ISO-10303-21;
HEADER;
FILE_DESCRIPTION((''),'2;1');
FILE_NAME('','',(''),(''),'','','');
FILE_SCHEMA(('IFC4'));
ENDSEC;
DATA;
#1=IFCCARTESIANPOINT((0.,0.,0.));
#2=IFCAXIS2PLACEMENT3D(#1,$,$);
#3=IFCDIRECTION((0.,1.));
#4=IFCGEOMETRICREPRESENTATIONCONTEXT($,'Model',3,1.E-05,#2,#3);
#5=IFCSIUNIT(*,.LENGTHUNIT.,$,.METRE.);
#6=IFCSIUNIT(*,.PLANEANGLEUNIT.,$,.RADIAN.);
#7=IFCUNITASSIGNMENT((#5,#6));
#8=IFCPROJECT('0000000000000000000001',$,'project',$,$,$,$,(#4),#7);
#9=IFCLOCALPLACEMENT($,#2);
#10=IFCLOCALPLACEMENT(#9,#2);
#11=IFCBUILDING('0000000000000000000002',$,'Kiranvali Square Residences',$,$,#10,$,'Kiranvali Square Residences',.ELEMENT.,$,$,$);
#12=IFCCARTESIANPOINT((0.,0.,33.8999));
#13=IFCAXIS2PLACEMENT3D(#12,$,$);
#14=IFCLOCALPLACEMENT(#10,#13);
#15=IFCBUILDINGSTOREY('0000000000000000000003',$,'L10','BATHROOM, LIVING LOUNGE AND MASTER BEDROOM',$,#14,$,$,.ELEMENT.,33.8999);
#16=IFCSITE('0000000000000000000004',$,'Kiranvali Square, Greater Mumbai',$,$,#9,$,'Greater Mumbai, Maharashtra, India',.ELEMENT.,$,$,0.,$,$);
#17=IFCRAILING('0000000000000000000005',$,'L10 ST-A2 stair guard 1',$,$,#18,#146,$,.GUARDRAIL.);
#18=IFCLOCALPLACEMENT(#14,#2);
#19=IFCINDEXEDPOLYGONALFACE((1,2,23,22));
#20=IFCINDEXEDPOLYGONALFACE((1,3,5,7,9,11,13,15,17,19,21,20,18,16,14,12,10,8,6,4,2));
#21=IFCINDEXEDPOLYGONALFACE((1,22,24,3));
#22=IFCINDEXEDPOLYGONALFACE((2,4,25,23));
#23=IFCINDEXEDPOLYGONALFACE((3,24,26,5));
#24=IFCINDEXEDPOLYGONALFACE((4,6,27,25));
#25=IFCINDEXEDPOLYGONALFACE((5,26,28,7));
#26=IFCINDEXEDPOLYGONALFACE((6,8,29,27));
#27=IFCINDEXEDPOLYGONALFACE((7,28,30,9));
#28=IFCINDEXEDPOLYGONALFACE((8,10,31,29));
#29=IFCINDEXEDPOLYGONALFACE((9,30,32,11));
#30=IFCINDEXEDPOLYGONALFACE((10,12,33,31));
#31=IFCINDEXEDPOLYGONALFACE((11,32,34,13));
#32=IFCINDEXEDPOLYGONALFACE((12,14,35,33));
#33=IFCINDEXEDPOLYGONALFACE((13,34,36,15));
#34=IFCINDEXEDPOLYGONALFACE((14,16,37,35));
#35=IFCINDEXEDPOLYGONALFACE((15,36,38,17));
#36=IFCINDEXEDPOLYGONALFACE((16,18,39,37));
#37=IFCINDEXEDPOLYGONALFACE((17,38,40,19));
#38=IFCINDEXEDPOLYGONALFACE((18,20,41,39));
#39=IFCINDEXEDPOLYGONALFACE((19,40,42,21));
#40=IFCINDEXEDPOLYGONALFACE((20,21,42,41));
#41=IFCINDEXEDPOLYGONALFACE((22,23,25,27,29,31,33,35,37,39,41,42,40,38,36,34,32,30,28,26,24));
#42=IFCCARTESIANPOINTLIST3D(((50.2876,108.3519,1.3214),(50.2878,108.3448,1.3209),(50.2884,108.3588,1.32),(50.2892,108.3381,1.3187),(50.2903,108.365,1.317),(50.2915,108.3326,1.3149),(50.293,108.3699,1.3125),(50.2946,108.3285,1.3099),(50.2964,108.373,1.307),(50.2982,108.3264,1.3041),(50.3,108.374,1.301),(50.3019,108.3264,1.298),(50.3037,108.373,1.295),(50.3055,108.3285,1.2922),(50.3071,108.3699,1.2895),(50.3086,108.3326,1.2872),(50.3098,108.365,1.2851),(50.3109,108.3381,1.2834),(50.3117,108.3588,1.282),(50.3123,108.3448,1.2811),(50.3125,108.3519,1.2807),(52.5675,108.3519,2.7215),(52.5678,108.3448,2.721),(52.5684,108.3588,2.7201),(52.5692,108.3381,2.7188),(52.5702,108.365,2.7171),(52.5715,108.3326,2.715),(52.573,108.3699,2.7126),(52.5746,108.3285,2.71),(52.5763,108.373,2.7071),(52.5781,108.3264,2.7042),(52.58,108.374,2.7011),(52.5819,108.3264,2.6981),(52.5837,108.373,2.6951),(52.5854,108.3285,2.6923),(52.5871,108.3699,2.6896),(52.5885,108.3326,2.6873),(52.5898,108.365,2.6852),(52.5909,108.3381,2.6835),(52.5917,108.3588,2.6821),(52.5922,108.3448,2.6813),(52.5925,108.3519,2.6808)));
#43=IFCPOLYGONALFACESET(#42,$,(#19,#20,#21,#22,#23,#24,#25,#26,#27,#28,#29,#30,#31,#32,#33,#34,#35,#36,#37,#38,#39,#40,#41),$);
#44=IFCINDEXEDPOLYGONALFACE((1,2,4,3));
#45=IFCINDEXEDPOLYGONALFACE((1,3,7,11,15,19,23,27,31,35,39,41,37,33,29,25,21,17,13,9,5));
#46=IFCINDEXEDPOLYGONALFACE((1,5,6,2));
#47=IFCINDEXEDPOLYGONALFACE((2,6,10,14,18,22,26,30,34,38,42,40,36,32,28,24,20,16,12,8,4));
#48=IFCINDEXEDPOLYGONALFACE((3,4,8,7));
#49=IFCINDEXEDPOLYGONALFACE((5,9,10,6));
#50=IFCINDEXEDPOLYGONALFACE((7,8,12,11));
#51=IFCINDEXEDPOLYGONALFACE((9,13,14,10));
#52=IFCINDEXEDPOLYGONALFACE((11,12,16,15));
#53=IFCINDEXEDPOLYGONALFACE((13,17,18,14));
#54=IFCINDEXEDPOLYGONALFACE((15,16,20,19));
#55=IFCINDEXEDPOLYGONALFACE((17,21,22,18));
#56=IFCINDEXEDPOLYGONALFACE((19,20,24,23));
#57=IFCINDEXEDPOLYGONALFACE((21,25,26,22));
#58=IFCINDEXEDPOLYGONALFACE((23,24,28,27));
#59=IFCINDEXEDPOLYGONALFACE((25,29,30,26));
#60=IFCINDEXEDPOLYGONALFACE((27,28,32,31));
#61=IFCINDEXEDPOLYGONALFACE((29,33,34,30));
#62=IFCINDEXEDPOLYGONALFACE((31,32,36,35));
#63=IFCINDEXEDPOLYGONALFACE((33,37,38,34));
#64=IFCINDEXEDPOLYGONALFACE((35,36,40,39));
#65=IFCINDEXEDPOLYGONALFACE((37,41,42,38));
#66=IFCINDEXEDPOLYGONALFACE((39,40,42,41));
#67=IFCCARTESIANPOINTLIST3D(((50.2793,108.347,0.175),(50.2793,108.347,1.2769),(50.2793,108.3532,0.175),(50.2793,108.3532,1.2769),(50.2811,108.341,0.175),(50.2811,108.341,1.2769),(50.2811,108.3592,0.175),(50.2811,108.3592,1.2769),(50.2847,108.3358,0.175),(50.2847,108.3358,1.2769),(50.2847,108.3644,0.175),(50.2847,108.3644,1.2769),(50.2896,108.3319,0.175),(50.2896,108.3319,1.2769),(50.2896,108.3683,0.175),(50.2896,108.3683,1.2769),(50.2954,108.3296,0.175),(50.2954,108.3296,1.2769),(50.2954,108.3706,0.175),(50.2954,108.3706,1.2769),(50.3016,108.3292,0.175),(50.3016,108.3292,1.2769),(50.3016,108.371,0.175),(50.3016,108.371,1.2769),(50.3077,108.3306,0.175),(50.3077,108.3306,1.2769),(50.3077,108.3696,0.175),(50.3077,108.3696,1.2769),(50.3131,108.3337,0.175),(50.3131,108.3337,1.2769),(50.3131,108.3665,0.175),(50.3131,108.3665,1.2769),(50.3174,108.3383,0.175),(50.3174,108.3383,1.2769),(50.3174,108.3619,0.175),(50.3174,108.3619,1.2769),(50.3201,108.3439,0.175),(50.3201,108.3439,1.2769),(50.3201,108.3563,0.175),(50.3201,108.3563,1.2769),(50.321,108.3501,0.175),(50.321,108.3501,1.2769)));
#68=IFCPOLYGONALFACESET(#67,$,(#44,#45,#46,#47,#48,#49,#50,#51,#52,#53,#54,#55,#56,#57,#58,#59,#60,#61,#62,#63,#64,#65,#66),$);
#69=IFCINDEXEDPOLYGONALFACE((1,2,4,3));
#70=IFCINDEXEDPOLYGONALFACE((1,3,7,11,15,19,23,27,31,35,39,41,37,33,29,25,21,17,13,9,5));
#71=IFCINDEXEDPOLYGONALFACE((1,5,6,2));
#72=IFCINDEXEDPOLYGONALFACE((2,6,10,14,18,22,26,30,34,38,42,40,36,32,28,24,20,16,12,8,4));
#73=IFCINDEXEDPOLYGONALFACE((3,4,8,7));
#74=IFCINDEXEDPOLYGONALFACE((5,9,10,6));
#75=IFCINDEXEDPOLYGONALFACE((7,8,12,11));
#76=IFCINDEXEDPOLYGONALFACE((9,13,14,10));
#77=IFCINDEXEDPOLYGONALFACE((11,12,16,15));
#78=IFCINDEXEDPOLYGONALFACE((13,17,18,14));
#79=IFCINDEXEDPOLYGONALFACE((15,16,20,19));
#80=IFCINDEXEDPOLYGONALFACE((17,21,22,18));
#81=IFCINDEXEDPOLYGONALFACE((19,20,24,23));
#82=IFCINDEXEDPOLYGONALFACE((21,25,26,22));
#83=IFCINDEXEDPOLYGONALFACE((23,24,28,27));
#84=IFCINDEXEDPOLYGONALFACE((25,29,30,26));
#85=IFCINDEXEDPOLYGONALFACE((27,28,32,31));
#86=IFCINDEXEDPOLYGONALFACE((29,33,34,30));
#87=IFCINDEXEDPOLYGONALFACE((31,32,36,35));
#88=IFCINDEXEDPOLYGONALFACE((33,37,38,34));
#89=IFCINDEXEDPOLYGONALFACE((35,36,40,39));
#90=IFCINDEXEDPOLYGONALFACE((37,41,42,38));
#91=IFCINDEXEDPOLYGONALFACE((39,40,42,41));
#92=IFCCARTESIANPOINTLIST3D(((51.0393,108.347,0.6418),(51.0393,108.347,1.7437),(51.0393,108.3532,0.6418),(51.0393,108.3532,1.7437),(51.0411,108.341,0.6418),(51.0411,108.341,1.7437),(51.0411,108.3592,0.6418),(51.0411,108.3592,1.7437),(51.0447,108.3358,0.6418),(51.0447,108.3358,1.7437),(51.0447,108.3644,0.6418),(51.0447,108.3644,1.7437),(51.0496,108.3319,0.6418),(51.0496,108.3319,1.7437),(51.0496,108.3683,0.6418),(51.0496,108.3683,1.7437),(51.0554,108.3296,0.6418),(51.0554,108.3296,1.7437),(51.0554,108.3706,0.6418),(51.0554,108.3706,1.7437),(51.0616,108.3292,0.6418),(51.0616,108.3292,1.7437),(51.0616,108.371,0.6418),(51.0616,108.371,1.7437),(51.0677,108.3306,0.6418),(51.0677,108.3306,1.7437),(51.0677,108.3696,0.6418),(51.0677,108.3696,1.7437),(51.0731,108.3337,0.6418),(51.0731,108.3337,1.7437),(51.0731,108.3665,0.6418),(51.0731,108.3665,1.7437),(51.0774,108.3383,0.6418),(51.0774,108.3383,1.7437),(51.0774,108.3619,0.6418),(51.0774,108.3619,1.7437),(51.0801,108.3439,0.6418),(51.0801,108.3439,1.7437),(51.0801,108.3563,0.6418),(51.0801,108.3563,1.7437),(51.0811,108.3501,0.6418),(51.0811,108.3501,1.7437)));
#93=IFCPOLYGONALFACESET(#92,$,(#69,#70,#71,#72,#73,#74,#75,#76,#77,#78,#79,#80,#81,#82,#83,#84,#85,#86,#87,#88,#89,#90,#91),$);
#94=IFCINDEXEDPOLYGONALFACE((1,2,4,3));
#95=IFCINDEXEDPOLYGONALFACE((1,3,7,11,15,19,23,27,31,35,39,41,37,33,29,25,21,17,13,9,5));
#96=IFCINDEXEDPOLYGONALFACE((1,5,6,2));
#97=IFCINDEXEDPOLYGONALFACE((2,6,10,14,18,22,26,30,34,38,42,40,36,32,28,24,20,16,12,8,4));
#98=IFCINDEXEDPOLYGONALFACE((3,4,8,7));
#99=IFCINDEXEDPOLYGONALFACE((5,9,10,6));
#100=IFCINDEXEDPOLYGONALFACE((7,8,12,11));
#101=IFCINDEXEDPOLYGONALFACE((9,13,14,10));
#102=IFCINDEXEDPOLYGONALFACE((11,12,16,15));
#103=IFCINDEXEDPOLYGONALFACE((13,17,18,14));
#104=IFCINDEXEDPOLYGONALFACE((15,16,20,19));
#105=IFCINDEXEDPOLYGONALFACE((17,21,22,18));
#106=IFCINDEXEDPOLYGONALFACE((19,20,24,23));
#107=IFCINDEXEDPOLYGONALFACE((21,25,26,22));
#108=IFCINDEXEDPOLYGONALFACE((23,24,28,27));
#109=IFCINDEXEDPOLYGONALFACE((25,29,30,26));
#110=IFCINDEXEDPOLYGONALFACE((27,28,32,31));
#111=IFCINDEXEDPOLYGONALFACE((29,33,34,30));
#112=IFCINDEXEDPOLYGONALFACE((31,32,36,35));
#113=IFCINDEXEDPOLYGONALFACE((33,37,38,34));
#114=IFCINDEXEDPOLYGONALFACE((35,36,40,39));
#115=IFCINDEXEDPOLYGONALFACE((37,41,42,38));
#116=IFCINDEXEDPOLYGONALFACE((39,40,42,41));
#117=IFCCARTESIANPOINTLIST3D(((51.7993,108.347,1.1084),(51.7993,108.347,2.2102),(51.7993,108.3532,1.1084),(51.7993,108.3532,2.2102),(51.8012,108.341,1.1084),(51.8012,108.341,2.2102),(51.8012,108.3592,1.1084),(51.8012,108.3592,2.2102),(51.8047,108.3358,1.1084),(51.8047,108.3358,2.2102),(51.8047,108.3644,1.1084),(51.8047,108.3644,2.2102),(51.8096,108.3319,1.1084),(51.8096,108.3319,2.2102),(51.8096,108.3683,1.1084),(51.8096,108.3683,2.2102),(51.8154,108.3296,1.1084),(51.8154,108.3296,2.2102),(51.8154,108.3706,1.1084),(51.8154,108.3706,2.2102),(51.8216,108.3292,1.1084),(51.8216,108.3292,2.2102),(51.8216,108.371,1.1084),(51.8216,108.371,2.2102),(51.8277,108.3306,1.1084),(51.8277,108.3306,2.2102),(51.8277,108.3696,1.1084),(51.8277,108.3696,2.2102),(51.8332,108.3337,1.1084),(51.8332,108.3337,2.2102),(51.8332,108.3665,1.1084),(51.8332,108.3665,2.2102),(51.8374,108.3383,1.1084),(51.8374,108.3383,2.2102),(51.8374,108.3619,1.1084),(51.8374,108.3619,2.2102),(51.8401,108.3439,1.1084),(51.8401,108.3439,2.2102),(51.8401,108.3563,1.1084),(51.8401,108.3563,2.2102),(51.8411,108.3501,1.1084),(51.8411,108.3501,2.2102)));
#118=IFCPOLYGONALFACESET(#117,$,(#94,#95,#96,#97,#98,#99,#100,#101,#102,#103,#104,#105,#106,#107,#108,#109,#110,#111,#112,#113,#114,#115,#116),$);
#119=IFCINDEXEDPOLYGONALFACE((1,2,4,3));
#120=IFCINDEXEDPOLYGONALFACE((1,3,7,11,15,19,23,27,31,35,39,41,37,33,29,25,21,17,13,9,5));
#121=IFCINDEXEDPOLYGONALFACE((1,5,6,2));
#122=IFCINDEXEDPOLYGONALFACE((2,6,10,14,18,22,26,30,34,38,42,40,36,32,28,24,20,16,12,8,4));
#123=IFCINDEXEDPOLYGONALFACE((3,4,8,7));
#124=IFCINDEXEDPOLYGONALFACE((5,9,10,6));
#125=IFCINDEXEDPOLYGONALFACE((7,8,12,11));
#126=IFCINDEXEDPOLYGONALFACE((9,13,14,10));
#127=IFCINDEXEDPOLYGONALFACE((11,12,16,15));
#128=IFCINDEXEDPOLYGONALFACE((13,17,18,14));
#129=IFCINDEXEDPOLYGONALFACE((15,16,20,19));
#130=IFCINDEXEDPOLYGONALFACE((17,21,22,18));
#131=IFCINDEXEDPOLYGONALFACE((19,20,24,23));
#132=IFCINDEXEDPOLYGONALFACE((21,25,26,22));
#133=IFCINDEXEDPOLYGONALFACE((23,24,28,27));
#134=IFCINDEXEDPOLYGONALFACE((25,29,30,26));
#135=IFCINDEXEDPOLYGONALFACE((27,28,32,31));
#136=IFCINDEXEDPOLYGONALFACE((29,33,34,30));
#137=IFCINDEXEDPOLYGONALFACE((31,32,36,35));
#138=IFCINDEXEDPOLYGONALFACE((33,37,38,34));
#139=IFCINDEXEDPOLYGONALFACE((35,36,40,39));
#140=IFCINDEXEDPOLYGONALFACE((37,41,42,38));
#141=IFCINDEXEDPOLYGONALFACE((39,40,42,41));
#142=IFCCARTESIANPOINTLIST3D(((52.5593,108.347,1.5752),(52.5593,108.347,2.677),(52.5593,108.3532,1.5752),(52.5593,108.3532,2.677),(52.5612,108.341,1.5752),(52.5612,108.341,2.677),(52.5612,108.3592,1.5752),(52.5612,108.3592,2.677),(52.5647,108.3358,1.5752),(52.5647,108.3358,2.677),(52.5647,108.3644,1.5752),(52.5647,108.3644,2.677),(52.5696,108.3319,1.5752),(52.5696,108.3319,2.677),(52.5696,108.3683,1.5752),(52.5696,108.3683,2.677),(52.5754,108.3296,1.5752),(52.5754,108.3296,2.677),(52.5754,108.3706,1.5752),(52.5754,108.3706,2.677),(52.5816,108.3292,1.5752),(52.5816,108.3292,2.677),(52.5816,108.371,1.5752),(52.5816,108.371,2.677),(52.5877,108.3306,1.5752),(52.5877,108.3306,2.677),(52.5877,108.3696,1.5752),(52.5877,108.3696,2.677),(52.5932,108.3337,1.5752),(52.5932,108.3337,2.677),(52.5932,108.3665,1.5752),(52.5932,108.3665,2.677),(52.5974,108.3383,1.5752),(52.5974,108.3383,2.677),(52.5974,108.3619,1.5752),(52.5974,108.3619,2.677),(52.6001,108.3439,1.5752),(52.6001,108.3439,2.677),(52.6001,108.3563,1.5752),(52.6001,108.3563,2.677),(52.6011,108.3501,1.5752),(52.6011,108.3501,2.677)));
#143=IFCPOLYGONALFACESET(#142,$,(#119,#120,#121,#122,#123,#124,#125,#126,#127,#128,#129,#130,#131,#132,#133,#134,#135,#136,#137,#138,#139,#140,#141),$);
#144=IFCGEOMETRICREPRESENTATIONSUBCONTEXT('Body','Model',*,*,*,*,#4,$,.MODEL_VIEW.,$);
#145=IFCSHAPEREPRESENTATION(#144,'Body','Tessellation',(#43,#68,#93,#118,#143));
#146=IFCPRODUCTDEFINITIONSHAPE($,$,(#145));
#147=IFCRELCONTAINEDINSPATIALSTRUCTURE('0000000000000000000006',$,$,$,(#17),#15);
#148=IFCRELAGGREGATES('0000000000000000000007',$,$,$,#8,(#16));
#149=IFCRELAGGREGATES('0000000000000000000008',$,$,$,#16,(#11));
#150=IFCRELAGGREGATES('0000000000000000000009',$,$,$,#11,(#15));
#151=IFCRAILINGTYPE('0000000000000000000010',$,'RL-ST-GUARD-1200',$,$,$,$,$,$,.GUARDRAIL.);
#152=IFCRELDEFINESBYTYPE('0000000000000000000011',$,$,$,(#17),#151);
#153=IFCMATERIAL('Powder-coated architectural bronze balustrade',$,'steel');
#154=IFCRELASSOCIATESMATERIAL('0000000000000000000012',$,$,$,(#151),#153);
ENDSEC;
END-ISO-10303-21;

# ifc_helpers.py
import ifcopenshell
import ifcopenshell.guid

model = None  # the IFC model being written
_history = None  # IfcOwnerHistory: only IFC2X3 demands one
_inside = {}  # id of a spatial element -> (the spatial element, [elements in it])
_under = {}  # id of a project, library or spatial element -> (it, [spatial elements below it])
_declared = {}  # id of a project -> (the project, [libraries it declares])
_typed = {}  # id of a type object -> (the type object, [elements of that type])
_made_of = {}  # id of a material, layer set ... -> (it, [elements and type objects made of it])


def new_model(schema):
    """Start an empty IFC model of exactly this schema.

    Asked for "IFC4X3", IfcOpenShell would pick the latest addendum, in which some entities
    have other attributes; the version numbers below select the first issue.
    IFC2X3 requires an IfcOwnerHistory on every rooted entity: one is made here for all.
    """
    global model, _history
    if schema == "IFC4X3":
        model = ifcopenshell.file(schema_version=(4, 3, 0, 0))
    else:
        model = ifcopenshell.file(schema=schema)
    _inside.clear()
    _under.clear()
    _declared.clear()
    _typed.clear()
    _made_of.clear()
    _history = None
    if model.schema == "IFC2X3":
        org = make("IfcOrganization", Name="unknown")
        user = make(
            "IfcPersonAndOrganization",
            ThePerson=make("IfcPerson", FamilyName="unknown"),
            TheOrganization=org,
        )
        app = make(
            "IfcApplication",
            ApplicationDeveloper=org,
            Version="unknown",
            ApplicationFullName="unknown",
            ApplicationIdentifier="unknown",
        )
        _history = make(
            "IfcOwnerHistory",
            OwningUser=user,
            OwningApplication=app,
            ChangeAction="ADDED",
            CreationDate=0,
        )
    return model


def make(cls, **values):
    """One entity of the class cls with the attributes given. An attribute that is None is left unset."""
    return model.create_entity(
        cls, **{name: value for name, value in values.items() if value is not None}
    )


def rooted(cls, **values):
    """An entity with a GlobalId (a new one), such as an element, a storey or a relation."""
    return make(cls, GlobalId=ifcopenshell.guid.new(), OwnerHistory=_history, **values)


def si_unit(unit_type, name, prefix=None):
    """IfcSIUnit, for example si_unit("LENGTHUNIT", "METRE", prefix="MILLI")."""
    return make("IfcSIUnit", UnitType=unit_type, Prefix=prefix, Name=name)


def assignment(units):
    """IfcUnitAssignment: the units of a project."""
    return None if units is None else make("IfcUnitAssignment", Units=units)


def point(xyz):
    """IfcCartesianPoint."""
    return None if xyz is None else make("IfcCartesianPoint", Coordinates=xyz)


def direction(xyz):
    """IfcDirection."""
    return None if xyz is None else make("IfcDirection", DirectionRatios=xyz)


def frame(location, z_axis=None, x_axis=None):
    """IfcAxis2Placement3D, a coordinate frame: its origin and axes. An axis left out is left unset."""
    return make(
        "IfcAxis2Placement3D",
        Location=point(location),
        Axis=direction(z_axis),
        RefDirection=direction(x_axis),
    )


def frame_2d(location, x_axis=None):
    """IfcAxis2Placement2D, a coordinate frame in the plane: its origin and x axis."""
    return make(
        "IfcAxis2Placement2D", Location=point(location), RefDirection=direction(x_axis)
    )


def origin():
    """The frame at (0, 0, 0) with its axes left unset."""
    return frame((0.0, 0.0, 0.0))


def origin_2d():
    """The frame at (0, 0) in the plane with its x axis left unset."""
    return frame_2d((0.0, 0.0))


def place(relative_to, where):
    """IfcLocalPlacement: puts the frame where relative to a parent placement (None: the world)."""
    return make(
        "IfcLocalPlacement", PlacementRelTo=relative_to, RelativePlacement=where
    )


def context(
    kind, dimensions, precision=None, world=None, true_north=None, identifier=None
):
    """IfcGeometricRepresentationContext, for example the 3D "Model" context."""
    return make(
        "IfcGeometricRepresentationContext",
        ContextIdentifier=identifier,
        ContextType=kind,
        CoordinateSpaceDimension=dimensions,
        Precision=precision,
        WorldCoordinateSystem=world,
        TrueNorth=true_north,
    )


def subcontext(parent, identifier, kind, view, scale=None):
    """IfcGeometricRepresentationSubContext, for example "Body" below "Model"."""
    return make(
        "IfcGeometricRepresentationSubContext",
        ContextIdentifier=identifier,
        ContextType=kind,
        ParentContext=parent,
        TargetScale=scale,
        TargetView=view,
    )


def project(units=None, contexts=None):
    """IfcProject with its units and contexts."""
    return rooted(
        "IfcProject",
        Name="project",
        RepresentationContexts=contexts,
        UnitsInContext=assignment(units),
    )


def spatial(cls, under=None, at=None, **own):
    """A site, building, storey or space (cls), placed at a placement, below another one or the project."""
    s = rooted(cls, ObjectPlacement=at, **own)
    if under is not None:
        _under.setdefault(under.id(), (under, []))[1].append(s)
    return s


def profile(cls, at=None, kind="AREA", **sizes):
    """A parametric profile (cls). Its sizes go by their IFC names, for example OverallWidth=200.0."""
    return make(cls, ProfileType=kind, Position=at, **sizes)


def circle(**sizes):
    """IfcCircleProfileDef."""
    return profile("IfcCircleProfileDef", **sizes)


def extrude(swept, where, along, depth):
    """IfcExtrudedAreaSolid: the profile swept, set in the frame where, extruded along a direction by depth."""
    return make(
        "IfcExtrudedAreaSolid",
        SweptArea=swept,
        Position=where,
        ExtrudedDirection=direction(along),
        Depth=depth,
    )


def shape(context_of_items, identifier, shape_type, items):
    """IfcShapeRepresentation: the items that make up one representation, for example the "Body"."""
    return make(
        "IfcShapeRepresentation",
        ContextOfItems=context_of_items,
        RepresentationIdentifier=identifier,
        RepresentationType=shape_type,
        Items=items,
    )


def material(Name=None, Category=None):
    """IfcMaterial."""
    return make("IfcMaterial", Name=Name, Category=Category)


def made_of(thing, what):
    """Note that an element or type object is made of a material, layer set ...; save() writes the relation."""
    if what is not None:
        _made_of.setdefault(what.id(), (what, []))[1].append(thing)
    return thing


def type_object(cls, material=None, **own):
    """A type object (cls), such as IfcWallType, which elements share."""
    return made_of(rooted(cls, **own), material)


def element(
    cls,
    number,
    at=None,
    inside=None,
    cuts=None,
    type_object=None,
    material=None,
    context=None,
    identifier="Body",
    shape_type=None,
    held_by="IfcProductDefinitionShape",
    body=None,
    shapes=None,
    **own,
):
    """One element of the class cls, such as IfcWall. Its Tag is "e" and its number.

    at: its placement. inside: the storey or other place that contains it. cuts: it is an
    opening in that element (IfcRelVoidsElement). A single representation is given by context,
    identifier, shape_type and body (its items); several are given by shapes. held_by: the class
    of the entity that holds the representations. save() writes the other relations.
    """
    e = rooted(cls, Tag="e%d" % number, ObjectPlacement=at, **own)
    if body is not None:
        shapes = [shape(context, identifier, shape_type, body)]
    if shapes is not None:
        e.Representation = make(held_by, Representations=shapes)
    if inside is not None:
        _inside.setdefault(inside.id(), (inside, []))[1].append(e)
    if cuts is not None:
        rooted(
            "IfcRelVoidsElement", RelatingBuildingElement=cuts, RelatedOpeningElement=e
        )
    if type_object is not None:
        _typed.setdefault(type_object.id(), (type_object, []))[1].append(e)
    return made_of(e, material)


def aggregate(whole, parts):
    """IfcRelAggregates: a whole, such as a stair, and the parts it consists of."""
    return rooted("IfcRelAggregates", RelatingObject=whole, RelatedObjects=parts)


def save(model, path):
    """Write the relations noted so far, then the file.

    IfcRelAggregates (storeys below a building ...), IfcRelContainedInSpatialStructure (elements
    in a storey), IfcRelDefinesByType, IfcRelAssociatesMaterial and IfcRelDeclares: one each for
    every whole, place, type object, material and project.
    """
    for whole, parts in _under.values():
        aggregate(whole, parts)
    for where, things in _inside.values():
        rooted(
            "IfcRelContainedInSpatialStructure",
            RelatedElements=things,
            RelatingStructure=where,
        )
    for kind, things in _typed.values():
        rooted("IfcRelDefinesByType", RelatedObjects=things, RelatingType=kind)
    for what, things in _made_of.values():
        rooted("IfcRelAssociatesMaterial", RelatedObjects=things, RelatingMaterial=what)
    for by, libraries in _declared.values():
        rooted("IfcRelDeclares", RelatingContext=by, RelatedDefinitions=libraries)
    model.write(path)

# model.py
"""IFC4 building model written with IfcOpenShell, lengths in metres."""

from ifc_helpers import new_model, si_unit, direction, frame, origin, origin_2d, place, context, subcontext, project, spatial, circle, extrude, material, type_object, element, save


model = new_model("IFC4")

# Units and contexts
model_context = context("Model", 3, precision=1e-05, world=origin(), true_north=direction((0.0, 1.0)))
body_context = subcontext(model_context, "Body", "Model", "MODEL_VIEW")
ifc_project = project(units=[si_unit("LENGTHUNIT", "METRE"), si_unit("PLANEANGLEUNIT", "RADIAN")], contexts=[model_context])

# Site, building, storey
site_placement = place(None, origin())
site = spatial("IfcSite", under=ifc_project, at=site_placement, Name="Kiranvali Square, Greater Mumbai", LongName="Greater Mumbai, Maharashtra, India", CompositionType="ELEMENT", RefElevation=0.0)
building_placement = place(site_placement, origin())
building = spatial("IfcBuilding", under=site, at=building_placement, Name="Kiranvali Square Residences", LongName="Kiranvali Square Residences", CompositionType="ELEMENT")
storey_placement = place(building_placement, frame((0.0, 0.0, 33.8999)))
storey = spatial("IfcBuildingStorey", under=building, at=storey_placement, Name="L10", Description="BATHROOM, LIVING LOUNGE AND MASTER BEDROOM", CompositionType="ELEMENT", Elevation=33.8999)

# Railing
ifc_material_1 = material(Name="Powder-coated architectural bronze balustrade", Category="steel")
railing_type_1 = type_object("IfcRailingType", Name="RL-ST-GUARD-1200", PredefinedType="GUARDRAIL", material=ifc_material_1)
railing_1_placement = place(storey_placement, frame((50.3, 108.3501, 0.175)))
element("IfcRailing", 1, at=railing_1_placement, inside=storey, type_object=railing_type_1, Name="L10 ST-A2 stair guard 1", PredefinedType="GUARDRAIL", context=body_context, shape_type="SweptSolid", body=[
    extrude(circle(Radius=0.0239, at=origin_2d()), frame((0.0, 0.0, 1.126), z_axis=(0.85215, 0.0, 0.523298), x_axis=(0.0, 1.0, 0.0)), (0.0, 0.0, 1.0), 2.6755),
    extrude(circle(Radius=0.021, at=origin_2d()), origin(), (0.0, 0.0, 1.0), 1.1018),
    extrude(circle(Radius=0.021, at=origin_2d()), frame((0.76, 0.0, 0.4668)), (0.0, 0.0, 1.0), 1.1018),
    extrude(circle(Radius=0.021, at=origin_2d()), frame((1.52, 0.0, 0.9333)), (0.0, 0.0, 1.0), 1.1018),
    extrude(circle(Radius=0.021, at=origin_2d()), frame((2.28, 0.0, 1.4001)), (0.0, 0.0, 1.0), 1.1018),
])

save(model, "model.ifc")
